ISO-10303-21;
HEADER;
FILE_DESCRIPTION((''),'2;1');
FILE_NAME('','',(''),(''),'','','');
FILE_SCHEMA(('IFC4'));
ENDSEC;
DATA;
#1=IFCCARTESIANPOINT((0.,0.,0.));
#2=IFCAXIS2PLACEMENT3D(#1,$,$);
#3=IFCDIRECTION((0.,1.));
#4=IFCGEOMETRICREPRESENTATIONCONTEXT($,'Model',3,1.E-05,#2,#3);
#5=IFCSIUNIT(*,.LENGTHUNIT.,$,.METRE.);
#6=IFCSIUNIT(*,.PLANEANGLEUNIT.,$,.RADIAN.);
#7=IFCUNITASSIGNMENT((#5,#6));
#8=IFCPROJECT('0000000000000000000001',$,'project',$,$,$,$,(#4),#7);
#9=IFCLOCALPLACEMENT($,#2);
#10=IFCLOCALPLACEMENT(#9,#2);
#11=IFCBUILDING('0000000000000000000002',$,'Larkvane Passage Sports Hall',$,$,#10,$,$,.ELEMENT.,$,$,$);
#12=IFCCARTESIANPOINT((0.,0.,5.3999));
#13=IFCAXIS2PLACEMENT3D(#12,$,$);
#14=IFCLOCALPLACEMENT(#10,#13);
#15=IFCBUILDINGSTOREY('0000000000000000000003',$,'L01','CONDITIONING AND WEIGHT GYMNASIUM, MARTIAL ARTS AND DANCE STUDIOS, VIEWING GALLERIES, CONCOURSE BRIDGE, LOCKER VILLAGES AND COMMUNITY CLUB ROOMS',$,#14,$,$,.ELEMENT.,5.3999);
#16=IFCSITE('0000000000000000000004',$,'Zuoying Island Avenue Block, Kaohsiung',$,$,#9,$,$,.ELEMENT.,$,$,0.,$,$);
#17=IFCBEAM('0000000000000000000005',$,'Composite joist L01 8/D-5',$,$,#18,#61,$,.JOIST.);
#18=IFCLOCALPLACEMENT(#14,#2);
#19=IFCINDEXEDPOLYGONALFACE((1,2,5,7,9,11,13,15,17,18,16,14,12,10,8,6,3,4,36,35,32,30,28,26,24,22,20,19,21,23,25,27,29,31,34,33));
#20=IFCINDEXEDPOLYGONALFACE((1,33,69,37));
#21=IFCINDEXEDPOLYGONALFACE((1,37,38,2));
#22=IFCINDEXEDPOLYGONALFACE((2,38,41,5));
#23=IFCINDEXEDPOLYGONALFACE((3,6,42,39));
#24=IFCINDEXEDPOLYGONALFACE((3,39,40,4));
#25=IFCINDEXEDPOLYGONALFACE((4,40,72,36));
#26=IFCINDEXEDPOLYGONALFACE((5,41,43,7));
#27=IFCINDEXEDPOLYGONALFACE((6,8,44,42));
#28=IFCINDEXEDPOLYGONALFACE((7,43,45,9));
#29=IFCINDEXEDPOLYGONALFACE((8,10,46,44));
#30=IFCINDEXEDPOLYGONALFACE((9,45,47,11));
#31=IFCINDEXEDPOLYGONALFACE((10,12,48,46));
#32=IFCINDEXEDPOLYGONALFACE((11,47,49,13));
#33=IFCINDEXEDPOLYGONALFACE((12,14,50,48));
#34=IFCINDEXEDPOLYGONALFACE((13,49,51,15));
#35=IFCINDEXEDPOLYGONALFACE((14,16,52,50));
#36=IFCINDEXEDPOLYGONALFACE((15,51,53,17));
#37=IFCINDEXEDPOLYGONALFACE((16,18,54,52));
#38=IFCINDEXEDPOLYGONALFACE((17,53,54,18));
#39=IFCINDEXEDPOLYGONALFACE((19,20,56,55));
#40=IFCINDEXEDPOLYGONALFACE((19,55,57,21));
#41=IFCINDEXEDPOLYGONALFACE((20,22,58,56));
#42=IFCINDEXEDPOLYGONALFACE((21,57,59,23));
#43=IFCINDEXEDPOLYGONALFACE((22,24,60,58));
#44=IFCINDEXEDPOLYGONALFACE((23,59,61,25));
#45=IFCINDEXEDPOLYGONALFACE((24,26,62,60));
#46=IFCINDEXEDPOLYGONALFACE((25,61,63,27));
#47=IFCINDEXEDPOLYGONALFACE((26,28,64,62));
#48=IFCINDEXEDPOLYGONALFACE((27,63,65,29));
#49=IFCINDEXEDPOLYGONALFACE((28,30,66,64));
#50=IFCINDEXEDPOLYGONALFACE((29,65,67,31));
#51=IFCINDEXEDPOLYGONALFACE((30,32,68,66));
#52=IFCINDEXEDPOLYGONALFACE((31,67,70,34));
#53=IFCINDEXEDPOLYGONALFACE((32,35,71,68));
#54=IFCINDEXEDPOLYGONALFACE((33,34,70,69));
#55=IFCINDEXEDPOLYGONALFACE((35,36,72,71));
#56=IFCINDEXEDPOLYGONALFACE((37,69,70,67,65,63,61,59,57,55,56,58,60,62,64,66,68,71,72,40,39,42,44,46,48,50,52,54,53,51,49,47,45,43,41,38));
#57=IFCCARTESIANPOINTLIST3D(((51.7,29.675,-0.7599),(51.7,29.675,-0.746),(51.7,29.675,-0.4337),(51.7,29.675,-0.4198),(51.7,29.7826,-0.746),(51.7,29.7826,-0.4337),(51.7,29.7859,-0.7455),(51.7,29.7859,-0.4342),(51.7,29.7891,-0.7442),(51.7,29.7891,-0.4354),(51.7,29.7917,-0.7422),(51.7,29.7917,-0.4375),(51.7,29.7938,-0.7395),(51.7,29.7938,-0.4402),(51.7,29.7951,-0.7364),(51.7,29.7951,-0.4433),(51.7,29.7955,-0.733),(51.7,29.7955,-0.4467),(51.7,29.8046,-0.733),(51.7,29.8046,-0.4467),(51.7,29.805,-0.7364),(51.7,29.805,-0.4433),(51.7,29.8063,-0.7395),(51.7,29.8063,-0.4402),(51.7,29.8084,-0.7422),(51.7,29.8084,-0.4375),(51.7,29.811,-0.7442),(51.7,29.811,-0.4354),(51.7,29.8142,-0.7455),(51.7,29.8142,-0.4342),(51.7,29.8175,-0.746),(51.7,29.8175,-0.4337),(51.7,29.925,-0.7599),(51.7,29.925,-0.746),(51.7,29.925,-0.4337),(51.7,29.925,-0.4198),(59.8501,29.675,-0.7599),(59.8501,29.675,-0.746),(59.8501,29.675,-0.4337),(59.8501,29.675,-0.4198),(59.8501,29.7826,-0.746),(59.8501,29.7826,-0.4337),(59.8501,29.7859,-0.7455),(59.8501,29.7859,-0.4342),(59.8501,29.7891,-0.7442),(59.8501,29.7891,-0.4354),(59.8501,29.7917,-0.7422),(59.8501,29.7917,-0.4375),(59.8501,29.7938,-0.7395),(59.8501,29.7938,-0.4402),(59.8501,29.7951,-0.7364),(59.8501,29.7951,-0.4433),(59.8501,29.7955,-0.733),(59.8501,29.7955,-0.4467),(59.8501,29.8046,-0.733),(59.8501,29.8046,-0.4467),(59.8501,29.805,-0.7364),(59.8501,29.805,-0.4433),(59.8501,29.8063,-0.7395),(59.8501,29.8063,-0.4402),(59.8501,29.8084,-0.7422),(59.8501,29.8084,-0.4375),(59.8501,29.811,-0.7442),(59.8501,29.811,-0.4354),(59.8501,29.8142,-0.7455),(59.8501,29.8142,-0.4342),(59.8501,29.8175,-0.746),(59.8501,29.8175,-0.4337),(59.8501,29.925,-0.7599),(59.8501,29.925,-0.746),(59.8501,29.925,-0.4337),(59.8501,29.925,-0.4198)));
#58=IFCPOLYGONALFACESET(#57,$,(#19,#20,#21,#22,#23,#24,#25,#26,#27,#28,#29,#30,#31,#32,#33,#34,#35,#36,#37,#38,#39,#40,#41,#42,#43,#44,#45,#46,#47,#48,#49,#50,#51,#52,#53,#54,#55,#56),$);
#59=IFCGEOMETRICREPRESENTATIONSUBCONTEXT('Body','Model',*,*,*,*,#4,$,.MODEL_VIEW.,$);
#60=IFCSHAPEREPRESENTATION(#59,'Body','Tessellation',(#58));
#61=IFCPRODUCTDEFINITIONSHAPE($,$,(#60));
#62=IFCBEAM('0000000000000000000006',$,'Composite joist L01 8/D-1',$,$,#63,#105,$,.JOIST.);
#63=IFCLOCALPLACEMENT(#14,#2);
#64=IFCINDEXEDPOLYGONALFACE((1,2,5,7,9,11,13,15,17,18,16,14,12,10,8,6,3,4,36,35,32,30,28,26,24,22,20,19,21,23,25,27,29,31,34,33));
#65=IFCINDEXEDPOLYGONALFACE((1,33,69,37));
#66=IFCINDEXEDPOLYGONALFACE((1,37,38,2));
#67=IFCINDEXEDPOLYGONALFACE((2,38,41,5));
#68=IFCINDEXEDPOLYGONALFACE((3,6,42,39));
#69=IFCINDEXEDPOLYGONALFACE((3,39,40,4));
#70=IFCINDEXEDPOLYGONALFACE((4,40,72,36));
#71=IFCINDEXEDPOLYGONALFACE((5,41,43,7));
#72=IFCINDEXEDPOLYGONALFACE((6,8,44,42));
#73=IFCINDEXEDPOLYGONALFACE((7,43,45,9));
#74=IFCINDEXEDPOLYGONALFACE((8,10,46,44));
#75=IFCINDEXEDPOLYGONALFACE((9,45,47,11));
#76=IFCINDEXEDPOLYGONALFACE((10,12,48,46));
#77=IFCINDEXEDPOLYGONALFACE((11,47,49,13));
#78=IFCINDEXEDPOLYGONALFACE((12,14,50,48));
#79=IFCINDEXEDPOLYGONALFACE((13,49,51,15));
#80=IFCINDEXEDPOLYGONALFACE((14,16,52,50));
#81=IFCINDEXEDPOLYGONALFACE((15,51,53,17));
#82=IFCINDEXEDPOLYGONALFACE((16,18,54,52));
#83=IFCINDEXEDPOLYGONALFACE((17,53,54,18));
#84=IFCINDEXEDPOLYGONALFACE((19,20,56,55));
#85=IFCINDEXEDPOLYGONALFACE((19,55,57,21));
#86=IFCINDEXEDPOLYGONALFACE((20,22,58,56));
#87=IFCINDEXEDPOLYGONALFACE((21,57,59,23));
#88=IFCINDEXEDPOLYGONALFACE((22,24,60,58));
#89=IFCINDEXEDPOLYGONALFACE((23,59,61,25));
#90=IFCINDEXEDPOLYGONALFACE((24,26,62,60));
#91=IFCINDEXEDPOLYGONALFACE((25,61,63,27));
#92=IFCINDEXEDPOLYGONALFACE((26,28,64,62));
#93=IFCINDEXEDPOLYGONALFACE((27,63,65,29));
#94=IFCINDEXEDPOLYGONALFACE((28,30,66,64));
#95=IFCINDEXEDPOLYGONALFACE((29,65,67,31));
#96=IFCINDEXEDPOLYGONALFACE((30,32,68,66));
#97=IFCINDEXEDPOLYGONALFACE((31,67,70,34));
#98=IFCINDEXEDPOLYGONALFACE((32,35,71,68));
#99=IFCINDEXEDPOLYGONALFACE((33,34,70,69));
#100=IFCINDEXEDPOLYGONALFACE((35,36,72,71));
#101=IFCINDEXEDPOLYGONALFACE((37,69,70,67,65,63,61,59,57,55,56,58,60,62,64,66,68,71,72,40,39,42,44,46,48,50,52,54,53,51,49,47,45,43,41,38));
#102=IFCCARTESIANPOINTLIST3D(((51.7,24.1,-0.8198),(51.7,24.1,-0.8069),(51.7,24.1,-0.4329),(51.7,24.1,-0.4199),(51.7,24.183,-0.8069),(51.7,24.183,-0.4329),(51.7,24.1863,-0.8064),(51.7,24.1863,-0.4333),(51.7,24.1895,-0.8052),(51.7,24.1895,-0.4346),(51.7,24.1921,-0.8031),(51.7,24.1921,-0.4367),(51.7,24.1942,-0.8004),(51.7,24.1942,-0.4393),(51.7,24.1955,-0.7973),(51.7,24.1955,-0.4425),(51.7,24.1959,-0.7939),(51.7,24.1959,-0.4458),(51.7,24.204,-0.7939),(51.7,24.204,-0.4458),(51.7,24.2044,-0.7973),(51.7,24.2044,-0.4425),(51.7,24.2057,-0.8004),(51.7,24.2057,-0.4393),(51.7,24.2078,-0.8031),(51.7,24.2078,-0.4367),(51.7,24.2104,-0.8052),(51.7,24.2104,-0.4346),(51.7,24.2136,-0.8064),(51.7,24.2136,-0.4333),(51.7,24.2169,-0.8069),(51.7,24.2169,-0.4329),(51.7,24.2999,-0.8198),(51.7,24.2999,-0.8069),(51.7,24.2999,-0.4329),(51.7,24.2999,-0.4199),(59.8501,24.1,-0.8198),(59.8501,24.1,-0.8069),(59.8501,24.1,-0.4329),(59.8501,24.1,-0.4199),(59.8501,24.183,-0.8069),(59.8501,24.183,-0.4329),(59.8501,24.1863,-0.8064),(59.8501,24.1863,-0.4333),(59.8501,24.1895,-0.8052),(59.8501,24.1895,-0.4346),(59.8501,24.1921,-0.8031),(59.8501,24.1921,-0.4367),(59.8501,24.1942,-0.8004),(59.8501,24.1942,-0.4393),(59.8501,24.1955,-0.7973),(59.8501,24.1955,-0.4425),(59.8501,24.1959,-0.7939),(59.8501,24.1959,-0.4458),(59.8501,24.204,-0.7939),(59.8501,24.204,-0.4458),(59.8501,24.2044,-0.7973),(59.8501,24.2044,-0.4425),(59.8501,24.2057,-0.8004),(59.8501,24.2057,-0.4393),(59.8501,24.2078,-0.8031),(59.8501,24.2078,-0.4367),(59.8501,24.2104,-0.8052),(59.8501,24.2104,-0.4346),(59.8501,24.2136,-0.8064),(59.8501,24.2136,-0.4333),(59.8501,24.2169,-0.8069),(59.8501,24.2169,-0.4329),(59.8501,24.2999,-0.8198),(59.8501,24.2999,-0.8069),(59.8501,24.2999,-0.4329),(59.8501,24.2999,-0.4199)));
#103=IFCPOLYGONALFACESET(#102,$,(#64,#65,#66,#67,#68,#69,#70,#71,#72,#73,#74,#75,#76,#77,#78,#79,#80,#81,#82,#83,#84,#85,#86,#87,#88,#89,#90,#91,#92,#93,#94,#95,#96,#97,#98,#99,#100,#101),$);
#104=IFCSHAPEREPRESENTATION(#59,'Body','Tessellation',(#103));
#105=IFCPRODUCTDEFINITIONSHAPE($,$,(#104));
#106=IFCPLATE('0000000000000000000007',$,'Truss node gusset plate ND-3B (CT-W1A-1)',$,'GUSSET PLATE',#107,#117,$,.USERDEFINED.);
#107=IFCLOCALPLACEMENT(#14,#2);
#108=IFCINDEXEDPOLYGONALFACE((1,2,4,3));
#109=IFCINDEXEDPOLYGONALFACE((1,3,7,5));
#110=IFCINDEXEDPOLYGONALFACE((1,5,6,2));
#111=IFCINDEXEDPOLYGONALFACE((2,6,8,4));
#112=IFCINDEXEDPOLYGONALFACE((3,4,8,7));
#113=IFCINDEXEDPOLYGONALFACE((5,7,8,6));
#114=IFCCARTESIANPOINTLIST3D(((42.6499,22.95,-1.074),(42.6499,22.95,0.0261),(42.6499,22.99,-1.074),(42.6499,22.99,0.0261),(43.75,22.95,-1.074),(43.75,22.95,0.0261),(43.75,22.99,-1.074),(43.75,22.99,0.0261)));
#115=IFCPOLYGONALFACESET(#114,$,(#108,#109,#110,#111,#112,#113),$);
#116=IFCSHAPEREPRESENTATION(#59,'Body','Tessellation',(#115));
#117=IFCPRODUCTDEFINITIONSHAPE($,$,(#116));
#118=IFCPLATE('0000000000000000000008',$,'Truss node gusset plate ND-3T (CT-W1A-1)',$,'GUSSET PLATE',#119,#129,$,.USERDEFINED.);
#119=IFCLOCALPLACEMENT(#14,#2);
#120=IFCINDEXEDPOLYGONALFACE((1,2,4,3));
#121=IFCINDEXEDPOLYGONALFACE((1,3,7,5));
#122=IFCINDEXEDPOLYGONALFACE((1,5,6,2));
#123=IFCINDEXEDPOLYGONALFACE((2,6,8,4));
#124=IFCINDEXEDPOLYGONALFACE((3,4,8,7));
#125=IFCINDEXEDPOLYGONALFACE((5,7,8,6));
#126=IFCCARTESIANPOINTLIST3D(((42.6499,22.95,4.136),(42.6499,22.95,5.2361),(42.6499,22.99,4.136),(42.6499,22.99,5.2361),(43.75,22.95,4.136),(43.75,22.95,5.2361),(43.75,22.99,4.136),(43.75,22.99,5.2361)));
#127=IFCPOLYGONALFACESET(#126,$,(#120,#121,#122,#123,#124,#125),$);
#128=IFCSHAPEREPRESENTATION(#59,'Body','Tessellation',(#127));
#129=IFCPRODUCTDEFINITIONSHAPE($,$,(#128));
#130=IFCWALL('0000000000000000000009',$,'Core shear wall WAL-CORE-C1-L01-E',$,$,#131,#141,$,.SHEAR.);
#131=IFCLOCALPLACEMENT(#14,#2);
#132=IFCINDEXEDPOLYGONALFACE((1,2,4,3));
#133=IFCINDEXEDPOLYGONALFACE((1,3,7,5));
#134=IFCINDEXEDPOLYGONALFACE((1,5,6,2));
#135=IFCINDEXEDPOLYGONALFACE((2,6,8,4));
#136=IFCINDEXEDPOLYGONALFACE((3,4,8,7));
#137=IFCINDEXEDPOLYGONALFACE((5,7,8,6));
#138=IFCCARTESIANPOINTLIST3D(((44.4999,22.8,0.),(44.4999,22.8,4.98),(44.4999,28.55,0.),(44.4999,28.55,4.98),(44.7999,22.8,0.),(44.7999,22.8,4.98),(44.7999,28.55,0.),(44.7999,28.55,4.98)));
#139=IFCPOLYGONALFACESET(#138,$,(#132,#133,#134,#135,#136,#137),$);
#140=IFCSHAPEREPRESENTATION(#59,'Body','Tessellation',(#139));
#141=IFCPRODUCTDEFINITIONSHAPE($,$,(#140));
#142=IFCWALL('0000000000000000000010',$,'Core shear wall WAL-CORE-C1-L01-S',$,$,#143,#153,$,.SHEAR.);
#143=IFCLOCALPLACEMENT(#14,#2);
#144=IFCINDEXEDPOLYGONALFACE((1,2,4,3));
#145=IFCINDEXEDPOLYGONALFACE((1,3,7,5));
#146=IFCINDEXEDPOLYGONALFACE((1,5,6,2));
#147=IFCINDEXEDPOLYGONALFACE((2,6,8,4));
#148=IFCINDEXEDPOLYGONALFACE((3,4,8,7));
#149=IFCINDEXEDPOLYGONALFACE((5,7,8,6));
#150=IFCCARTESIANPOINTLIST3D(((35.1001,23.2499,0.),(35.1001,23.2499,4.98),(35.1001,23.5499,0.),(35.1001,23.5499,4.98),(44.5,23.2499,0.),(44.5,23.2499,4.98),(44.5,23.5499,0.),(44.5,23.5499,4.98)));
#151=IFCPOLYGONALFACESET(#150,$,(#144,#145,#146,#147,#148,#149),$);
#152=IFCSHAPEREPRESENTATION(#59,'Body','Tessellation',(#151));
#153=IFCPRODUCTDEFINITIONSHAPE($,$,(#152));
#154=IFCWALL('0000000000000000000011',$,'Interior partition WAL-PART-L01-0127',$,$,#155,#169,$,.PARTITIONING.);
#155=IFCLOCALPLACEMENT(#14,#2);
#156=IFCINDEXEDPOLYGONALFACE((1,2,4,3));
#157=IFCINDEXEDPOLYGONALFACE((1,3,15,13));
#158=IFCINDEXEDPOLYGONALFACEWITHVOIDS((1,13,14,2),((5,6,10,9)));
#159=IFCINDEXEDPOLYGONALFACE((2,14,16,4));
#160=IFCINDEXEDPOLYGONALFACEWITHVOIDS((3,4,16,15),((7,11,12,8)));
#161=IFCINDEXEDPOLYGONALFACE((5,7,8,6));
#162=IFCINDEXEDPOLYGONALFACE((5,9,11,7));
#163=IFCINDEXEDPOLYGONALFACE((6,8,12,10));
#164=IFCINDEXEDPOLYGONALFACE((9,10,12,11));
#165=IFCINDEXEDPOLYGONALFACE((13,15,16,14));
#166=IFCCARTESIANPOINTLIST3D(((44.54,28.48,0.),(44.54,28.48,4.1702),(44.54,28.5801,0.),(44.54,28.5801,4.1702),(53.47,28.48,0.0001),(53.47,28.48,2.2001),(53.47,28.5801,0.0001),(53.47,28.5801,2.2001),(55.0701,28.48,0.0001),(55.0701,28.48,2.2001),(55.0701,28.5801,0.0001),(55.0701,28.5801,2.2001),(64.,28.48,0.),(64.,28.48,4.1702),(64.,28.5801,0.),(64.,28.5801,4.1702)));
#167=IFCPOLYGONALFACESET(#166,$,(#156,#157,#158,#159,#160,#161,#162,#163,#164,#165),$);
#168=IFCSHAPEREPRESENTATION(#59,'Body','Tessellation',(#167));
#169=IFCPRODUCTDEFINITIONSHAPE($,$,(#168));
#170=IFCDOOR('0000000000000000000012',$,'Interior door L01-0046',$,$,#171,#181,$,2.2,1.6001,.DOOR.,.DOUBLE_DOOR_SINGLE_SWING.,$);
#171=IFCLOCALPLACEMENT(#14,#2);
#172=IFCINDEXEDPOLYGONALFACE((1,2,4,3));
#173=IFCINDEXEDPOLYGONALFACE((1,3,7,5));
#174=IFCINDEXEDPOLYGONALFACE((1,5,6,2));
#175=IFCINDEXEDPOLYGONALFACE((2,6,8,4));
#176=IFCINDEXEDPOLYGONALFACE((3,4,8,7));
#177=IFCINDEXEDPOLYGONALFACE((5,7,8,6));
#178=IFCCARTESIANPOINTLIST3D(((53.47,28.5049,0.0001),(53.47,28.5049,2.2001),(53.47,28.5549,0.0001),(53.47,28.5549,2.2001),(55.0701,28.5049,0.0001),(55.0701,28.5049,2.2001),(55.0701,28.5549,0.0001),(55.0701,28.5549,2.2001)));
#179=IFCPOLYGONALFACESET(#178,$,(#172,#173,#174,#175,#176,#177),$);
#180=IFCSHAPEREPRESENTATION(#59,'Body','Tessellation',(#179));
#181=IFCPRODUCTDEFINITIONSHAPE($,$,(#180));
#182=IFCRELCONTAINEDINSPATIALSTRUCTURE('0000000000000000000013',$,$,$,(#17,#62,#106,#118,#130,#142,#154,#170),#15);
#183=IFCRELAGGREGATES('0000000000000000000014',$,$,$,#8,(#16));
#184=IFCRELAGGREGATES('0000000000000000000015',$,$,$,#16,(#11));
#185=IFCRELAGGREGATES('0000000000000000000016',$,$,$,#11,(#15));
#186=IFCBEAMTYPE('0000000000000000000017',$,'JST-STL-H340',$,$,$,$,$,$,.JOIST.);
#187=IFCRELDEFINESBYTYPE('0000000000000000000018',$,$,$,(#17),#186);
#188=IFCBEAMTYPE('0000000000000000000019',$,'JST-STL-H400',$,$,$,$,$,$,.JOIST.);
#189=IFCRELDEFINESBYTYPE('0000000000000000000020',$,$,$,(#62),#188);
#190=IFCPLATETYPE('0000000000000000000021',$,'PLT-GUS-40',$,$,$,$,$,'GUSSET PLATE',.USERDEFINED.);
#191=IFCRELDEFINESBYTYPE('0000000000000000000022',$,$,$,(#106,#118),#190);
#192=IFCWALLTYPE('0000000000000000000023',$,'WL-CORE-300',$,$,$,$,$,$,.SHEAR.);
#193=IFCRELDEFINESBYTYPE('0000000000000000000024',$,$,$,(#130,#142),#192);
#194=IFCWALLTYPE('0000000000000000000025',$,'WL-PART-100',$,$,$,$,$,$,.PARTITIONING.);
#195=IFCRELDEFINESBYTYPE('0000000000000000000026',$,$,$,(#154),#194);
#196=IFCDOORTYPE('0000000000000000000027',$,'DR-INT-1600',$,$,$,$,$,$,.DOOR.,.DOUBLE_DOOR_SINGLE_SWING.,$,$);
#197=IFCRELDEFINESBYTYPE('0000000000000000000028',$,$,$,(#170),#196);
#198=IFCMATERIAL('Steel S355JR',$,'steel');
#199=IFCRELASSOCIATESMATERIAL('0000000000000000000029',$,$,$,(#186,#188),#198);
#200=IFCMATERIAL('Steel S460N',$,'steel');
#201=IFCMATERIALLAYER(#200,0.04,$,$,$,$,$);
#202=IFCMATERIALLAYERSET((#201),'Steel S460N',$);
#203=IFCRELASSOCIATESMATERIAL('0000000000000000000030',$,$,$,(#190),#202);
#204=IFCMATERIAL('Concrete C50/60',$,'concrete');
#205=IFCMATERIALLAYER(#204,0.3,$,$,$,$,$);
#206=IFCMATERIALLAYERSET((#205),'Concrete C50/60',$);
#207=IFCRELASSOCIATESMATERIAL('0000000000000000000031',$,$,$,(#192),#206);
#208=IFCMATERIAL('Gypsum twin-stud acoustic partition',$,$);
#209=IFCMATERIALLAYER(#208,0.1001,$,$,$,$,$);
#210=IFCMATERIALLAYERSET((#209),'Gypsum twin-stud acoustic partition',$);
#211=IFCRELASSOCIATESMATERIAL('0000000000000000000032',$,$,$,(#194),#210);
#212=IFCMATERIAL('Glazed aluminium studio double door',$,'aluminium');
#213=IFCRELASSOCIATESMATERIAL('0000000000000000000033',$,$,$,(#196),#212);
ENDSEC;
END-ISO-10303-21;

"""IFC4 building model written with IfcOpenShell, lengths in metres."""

from ifc_helpers import new_model, si_unit, direction, frame, frame_2d, origin, origin_2d, place, context, subcontext, project, spatial, rectangle, i_section, extrude, material, layer, layer_set, material_profile, profile_set, type_object, element, fill, save


model = new_model("IFC4")

# Units and contexts
model_context = context("Model", 3, precision=1e-05, world=origin(), true_north=direction((0.0, 1.0)))
body_context = subcontext(model_context, "Body", "Model", "MODEL_VIEW")
ifc_project = project(units=[si_unit("LENGTHUNIT", "METRE"), si_unit("PLANEANGLEUNIT", "RADIAN")], contexts=[model_context])

# Site, building, storey
site_placement = place(None, origin())
site = spatial("IfcSite", under=ifc_project, at=site_placement, Name="Zuoying Island Avenue Block, Kaohsiung", CompositionType="ELEMENT", RefElevation=0.0)
building_placement = place(site_placement, origin())
building = spatial("IfcBuilding", under=site, at=building_placement, Name="Larkvane Passage Sports Hall", CompositionType="ELEMENT")
storey_placement = place(building_placement, frame((0.0, 0.0, 5.3999)))
storey = spatial("IfcBuildingStorey", under=building, at=storey_placement, Name="L01", Description="CONDITIONING AND WEIGHT GYMNASIUM, MARTIAL ARTS AND DANCE STUDIOS, VIEWING GALLERIES, CONCOURSE BRIDGE, LOCKER VILLAGES AND COMMUNITY CLUB ROOMS", CompositionType="ELEMENT", Elevation=5.3999)

# Shared definitions
ifc_material_1 = material(Name="Concrete C50/60", Category="concrete")
ifc_material_2 = material(Name="Steel S460N", Category="steel")

# Beams
ifc_material_3 = material(Name="Steel S355JR", Category="steel")
ifc_material_profile_1 = material_profile(ifc_material_3, i_section(OverallWidth=0.25, OverallDepth=0.3401, WebThickness=0.009, FlangeThickness=0.0139, FilletRadius=0.0129, at=origin_2d()), Name="H-340x250x9x14")
ifc_profile_set_1 = profile_set([ifc_material_profile_1], Name="Steel S355JR")
beam_type_1 = type_object("IfcBeamType", Name="JST-STL-H340", PredefinedType="JOIST", material=ifc_profile_set_1)
beam_1_placement = place(storey_placement, frame((51.7, 29.8, -0.5898), z_axis=(1.0, 0.0, 0.0), x_axis=(0.0, 1.0, 0.0)))
element("IfcBeam", 1, at=beam_1_placement, inside=storey, type_object=beam_type_1, Name="Composite joist L01 8/D-5", PredefinedType="JOIST", context=body_context, shape_type="SweptSolid", body=[
    extrude(i_section(OverallWidth=0.25, OverallDepth=0.3401, WebThickness=0.009, FlangeThickness=0.0139, FilletRadius=0.0129, at=origin_2d()), origin(), (0.0, 0.0, 1.0), 8.1501),
])
ifc_material_profile_2 = material_profile(ifc_material_3, i_section(OverallWidth=0.2, OverallDepth=0.3999, WebThickness=0.0081, FlangeThickness=0.0129, FilletRadius=0.0129, at=origin_2d()), Name="H-400x200x8x13")
ifc_profile_set_2 = profile_set([ifc_material_profile_2], Name="Steel S355JR")
beam_type_2 = type_object("IfcBeamType", Name="JST-STL-H400", PredefinedType="JOIST", material=ifc_profile_set_2)
beam_2_placement = place(storey_placement, frame((51.7, 24.2, -0.6199), z_axis=(1.0, 0.0, 0.0), x_axis=(0.0, 1.0, 0.0)))
element("IfcBeam", 2, at=beam_2_placement, inside=storey, type_object=beam_type_2, Name="Composite joist L01 8/D-1", PredefinedType="JOIST", context=body_context, shape_type="SweptSolid", body=[
    extrude(i_section(OverallWidth=0.2, OverallDepth=0.3999, WebThickness=0.0081, FlangeThickness=0.0129, FilletRadius=0.0129, at=origin_2d()), origin(), (0.0, 0.0, 1.0), 8.1501),
])

# Plates
ifc_layer_1 = layer(ifc_material_2, 0.04)
ifc_layer_set_1 = layer_set([ifc_layer_1], Name="Steel S460N")
plate_type = type_object("IfcPlateType", Name="PLT-GUS-40", ElementType="GUSSET PLATE", PredefinedType="USERDEFINED", material=ifc_layer_set_1)
for number, where, z_axis, x_axis, name in (
    (3, (43.2, 22.97, -1.074), (0.0, 0.0, 1.0), (1.0, 0.0, 0.0), "Truss node gusset plate ND-3B (CT-W1A-1)"),
    (4, (43.2, 22.97, 4.136), (0.0, 0.0, 1.0), (1.0, 0.0, 0.0), "Truss node gusset plate ND-3T (CT-W1A-1)"),
):
    element("IfcPlate", number, at=place(storey_placement, frame(where, z_axis=z_axis, x_axis=x_axis)), inside=storey, type_object=plate_type, Name=name, ObjectType="GUSSET PLATE", PredefinedType="USERDEFINED", context=body_context, shape_type="SweptSolid", body=[
        extrude(rectangle(XDim=1.1001, YDim=0.04, at=origin_2d()), origin(), (0.0, 0.0, 1.0), 1.1001),
    ])

# Walls
ifc_layer_2 = layer(ifc_material_1, 0.3)
ifc_layer_set_2 = layer_set([ifc_layer_2], Name="Concrete C50/60")
wall_type_1 = type_object("IfcWallType", Name="WL-CORE-300", PredefinedType="SHEAR", material=ifc_layer_set_2)
wall_1_placement = place(storey_placement, frame((44.6499, 28.55, 0.0), z_axis=(0.0, 0.0, 1.0), x_axis=(0.0, -1.0, 0.0)))
element("IfcWall", 5, at=wall_1_placement, inside=storey, type_object=wall_type_1, Name="Core shear wall WAL-CORE-C1-L01-E", PredefinedType="SHEAR", context=body_context, shape_type="SweptSolid", body=[
    extrude(rectangle(XDim=5.75, YDim=0.3, at=frame_2d((2.875, 0.0))), origin(), (0.0, 0.0, 1.0), 4.98),
])
wall_2_placement = place(storey_placement, frame((44.5, 23.3999, 0.0), z_axis=(0.0, 0.0, 1.0), x_axis=(-1.0, 0.0, 0.0)))
element("IfcWall", 6, at=wall_2_placement, inside=storey, type_object=wall_type_1, Name="Core shear wall WAL-CORE-C1-L01-S", PredefinedType="SHEAR", context=body_context, shape_type="SweptSolid", body=[
    extrude(rectangle(XDim=9.3999, YDim=0.3, at=frame_2d((4.7, 0.0))), origin(), (0.0, 0.0, 1.0), 4.98),
])

# Wall, opening, door
ifc_material_4 = material(Name="Gypsum twin-stud acoustic partition")
ifc_layer_3 = layer(ifc_material_4, 0.1001)
ifc_layer_set_3 = layer_set([ifc_layer_3], Name="Gypsum twin-stud acoustic partition")
wall_type_2 = type_object("IfcWallType", Name="WL-PART-100", PredefinedType="PARTITIONING", material=ifc_layer_set_3)
wall_3_placement = place(storey_placement, frame((44.54, 28.53, 0.0), z_axis=(0.0, 0.0, 1.0), x_axis=(1.0, 0.0, 0.0)))
wall_3 = element("IfcWall", 7, at=wall_3_placement, inside=storey, type_object=wall_type_2, Name="Interior partition WAL-PART-L01-0127", PredefinedType="PARTITIONING", context=body_context, shape_type="SweptSolid", body=[
    extrude(rectangle(XDim=19.46, YDim=0.1001, at=frame_2d((9.73, 0.0))), origin(), (0.0, 0.0, 1.0), 4.1702),
])
opening_1_placement = place(wall_3_placement, frame((8.9299, 0.0, 0.0)))
opening_1 = element("IfcOpeningElement", 8, at=opening_1_placement, cuts=wall_3, PredefinedType="OPENING", context=body_context, shape_type="SweptSolid", body=[
    extrude(rectangle(XDim=1.6001, YDim=2.2, at=frame_2d((0.8, 1.1001))), frame((0.0, 0.0601, 0.0), z_axis=(0.0, -1.0, 0.0), x_axis=(1.0, 0.0, 0.0)), (0.0, 0.0, 1.0), 0.1201),
])
ifc_material_5 = material(Name="Glazed aluminium studio double door", Category="aluminium")
door_type_1 = type_object("IfcDoorType", Name="DR-INT-1600", OperationType="DOUBLE_DOOR_SINGLE_SWING", PredefinedType="DOOR", material=ifc_material_5)
door_1_placement = place(opening_1_placement, origin())
door_1 = element("IfcDoor", 9, at=door_1_placement, inside=storey, type_object=door_type_1, Name="Interior door L01-0046", OperationType="DOUBLE_DOOR_SINGLE_SWING", OverallHeight=2.2, OverallWidth=1.6001, PredefinedType="DOOR", context=body_context, shape_type="SweptSolid", body=[
    extrude(rectangle(XDim=1.6001, YDim=2.2, at=frame_2d((0.8, 1.1001))), frame((0.0, 0.0249, 0.0), z_axis=(0.0, -1.0, 0.0), x_axis=(1.0, 0.0, 0.0)), (0.0, 0.0, 1.0), 0.05),
])
fill(opening_1, door_1)

save(model, "model.ifc")
